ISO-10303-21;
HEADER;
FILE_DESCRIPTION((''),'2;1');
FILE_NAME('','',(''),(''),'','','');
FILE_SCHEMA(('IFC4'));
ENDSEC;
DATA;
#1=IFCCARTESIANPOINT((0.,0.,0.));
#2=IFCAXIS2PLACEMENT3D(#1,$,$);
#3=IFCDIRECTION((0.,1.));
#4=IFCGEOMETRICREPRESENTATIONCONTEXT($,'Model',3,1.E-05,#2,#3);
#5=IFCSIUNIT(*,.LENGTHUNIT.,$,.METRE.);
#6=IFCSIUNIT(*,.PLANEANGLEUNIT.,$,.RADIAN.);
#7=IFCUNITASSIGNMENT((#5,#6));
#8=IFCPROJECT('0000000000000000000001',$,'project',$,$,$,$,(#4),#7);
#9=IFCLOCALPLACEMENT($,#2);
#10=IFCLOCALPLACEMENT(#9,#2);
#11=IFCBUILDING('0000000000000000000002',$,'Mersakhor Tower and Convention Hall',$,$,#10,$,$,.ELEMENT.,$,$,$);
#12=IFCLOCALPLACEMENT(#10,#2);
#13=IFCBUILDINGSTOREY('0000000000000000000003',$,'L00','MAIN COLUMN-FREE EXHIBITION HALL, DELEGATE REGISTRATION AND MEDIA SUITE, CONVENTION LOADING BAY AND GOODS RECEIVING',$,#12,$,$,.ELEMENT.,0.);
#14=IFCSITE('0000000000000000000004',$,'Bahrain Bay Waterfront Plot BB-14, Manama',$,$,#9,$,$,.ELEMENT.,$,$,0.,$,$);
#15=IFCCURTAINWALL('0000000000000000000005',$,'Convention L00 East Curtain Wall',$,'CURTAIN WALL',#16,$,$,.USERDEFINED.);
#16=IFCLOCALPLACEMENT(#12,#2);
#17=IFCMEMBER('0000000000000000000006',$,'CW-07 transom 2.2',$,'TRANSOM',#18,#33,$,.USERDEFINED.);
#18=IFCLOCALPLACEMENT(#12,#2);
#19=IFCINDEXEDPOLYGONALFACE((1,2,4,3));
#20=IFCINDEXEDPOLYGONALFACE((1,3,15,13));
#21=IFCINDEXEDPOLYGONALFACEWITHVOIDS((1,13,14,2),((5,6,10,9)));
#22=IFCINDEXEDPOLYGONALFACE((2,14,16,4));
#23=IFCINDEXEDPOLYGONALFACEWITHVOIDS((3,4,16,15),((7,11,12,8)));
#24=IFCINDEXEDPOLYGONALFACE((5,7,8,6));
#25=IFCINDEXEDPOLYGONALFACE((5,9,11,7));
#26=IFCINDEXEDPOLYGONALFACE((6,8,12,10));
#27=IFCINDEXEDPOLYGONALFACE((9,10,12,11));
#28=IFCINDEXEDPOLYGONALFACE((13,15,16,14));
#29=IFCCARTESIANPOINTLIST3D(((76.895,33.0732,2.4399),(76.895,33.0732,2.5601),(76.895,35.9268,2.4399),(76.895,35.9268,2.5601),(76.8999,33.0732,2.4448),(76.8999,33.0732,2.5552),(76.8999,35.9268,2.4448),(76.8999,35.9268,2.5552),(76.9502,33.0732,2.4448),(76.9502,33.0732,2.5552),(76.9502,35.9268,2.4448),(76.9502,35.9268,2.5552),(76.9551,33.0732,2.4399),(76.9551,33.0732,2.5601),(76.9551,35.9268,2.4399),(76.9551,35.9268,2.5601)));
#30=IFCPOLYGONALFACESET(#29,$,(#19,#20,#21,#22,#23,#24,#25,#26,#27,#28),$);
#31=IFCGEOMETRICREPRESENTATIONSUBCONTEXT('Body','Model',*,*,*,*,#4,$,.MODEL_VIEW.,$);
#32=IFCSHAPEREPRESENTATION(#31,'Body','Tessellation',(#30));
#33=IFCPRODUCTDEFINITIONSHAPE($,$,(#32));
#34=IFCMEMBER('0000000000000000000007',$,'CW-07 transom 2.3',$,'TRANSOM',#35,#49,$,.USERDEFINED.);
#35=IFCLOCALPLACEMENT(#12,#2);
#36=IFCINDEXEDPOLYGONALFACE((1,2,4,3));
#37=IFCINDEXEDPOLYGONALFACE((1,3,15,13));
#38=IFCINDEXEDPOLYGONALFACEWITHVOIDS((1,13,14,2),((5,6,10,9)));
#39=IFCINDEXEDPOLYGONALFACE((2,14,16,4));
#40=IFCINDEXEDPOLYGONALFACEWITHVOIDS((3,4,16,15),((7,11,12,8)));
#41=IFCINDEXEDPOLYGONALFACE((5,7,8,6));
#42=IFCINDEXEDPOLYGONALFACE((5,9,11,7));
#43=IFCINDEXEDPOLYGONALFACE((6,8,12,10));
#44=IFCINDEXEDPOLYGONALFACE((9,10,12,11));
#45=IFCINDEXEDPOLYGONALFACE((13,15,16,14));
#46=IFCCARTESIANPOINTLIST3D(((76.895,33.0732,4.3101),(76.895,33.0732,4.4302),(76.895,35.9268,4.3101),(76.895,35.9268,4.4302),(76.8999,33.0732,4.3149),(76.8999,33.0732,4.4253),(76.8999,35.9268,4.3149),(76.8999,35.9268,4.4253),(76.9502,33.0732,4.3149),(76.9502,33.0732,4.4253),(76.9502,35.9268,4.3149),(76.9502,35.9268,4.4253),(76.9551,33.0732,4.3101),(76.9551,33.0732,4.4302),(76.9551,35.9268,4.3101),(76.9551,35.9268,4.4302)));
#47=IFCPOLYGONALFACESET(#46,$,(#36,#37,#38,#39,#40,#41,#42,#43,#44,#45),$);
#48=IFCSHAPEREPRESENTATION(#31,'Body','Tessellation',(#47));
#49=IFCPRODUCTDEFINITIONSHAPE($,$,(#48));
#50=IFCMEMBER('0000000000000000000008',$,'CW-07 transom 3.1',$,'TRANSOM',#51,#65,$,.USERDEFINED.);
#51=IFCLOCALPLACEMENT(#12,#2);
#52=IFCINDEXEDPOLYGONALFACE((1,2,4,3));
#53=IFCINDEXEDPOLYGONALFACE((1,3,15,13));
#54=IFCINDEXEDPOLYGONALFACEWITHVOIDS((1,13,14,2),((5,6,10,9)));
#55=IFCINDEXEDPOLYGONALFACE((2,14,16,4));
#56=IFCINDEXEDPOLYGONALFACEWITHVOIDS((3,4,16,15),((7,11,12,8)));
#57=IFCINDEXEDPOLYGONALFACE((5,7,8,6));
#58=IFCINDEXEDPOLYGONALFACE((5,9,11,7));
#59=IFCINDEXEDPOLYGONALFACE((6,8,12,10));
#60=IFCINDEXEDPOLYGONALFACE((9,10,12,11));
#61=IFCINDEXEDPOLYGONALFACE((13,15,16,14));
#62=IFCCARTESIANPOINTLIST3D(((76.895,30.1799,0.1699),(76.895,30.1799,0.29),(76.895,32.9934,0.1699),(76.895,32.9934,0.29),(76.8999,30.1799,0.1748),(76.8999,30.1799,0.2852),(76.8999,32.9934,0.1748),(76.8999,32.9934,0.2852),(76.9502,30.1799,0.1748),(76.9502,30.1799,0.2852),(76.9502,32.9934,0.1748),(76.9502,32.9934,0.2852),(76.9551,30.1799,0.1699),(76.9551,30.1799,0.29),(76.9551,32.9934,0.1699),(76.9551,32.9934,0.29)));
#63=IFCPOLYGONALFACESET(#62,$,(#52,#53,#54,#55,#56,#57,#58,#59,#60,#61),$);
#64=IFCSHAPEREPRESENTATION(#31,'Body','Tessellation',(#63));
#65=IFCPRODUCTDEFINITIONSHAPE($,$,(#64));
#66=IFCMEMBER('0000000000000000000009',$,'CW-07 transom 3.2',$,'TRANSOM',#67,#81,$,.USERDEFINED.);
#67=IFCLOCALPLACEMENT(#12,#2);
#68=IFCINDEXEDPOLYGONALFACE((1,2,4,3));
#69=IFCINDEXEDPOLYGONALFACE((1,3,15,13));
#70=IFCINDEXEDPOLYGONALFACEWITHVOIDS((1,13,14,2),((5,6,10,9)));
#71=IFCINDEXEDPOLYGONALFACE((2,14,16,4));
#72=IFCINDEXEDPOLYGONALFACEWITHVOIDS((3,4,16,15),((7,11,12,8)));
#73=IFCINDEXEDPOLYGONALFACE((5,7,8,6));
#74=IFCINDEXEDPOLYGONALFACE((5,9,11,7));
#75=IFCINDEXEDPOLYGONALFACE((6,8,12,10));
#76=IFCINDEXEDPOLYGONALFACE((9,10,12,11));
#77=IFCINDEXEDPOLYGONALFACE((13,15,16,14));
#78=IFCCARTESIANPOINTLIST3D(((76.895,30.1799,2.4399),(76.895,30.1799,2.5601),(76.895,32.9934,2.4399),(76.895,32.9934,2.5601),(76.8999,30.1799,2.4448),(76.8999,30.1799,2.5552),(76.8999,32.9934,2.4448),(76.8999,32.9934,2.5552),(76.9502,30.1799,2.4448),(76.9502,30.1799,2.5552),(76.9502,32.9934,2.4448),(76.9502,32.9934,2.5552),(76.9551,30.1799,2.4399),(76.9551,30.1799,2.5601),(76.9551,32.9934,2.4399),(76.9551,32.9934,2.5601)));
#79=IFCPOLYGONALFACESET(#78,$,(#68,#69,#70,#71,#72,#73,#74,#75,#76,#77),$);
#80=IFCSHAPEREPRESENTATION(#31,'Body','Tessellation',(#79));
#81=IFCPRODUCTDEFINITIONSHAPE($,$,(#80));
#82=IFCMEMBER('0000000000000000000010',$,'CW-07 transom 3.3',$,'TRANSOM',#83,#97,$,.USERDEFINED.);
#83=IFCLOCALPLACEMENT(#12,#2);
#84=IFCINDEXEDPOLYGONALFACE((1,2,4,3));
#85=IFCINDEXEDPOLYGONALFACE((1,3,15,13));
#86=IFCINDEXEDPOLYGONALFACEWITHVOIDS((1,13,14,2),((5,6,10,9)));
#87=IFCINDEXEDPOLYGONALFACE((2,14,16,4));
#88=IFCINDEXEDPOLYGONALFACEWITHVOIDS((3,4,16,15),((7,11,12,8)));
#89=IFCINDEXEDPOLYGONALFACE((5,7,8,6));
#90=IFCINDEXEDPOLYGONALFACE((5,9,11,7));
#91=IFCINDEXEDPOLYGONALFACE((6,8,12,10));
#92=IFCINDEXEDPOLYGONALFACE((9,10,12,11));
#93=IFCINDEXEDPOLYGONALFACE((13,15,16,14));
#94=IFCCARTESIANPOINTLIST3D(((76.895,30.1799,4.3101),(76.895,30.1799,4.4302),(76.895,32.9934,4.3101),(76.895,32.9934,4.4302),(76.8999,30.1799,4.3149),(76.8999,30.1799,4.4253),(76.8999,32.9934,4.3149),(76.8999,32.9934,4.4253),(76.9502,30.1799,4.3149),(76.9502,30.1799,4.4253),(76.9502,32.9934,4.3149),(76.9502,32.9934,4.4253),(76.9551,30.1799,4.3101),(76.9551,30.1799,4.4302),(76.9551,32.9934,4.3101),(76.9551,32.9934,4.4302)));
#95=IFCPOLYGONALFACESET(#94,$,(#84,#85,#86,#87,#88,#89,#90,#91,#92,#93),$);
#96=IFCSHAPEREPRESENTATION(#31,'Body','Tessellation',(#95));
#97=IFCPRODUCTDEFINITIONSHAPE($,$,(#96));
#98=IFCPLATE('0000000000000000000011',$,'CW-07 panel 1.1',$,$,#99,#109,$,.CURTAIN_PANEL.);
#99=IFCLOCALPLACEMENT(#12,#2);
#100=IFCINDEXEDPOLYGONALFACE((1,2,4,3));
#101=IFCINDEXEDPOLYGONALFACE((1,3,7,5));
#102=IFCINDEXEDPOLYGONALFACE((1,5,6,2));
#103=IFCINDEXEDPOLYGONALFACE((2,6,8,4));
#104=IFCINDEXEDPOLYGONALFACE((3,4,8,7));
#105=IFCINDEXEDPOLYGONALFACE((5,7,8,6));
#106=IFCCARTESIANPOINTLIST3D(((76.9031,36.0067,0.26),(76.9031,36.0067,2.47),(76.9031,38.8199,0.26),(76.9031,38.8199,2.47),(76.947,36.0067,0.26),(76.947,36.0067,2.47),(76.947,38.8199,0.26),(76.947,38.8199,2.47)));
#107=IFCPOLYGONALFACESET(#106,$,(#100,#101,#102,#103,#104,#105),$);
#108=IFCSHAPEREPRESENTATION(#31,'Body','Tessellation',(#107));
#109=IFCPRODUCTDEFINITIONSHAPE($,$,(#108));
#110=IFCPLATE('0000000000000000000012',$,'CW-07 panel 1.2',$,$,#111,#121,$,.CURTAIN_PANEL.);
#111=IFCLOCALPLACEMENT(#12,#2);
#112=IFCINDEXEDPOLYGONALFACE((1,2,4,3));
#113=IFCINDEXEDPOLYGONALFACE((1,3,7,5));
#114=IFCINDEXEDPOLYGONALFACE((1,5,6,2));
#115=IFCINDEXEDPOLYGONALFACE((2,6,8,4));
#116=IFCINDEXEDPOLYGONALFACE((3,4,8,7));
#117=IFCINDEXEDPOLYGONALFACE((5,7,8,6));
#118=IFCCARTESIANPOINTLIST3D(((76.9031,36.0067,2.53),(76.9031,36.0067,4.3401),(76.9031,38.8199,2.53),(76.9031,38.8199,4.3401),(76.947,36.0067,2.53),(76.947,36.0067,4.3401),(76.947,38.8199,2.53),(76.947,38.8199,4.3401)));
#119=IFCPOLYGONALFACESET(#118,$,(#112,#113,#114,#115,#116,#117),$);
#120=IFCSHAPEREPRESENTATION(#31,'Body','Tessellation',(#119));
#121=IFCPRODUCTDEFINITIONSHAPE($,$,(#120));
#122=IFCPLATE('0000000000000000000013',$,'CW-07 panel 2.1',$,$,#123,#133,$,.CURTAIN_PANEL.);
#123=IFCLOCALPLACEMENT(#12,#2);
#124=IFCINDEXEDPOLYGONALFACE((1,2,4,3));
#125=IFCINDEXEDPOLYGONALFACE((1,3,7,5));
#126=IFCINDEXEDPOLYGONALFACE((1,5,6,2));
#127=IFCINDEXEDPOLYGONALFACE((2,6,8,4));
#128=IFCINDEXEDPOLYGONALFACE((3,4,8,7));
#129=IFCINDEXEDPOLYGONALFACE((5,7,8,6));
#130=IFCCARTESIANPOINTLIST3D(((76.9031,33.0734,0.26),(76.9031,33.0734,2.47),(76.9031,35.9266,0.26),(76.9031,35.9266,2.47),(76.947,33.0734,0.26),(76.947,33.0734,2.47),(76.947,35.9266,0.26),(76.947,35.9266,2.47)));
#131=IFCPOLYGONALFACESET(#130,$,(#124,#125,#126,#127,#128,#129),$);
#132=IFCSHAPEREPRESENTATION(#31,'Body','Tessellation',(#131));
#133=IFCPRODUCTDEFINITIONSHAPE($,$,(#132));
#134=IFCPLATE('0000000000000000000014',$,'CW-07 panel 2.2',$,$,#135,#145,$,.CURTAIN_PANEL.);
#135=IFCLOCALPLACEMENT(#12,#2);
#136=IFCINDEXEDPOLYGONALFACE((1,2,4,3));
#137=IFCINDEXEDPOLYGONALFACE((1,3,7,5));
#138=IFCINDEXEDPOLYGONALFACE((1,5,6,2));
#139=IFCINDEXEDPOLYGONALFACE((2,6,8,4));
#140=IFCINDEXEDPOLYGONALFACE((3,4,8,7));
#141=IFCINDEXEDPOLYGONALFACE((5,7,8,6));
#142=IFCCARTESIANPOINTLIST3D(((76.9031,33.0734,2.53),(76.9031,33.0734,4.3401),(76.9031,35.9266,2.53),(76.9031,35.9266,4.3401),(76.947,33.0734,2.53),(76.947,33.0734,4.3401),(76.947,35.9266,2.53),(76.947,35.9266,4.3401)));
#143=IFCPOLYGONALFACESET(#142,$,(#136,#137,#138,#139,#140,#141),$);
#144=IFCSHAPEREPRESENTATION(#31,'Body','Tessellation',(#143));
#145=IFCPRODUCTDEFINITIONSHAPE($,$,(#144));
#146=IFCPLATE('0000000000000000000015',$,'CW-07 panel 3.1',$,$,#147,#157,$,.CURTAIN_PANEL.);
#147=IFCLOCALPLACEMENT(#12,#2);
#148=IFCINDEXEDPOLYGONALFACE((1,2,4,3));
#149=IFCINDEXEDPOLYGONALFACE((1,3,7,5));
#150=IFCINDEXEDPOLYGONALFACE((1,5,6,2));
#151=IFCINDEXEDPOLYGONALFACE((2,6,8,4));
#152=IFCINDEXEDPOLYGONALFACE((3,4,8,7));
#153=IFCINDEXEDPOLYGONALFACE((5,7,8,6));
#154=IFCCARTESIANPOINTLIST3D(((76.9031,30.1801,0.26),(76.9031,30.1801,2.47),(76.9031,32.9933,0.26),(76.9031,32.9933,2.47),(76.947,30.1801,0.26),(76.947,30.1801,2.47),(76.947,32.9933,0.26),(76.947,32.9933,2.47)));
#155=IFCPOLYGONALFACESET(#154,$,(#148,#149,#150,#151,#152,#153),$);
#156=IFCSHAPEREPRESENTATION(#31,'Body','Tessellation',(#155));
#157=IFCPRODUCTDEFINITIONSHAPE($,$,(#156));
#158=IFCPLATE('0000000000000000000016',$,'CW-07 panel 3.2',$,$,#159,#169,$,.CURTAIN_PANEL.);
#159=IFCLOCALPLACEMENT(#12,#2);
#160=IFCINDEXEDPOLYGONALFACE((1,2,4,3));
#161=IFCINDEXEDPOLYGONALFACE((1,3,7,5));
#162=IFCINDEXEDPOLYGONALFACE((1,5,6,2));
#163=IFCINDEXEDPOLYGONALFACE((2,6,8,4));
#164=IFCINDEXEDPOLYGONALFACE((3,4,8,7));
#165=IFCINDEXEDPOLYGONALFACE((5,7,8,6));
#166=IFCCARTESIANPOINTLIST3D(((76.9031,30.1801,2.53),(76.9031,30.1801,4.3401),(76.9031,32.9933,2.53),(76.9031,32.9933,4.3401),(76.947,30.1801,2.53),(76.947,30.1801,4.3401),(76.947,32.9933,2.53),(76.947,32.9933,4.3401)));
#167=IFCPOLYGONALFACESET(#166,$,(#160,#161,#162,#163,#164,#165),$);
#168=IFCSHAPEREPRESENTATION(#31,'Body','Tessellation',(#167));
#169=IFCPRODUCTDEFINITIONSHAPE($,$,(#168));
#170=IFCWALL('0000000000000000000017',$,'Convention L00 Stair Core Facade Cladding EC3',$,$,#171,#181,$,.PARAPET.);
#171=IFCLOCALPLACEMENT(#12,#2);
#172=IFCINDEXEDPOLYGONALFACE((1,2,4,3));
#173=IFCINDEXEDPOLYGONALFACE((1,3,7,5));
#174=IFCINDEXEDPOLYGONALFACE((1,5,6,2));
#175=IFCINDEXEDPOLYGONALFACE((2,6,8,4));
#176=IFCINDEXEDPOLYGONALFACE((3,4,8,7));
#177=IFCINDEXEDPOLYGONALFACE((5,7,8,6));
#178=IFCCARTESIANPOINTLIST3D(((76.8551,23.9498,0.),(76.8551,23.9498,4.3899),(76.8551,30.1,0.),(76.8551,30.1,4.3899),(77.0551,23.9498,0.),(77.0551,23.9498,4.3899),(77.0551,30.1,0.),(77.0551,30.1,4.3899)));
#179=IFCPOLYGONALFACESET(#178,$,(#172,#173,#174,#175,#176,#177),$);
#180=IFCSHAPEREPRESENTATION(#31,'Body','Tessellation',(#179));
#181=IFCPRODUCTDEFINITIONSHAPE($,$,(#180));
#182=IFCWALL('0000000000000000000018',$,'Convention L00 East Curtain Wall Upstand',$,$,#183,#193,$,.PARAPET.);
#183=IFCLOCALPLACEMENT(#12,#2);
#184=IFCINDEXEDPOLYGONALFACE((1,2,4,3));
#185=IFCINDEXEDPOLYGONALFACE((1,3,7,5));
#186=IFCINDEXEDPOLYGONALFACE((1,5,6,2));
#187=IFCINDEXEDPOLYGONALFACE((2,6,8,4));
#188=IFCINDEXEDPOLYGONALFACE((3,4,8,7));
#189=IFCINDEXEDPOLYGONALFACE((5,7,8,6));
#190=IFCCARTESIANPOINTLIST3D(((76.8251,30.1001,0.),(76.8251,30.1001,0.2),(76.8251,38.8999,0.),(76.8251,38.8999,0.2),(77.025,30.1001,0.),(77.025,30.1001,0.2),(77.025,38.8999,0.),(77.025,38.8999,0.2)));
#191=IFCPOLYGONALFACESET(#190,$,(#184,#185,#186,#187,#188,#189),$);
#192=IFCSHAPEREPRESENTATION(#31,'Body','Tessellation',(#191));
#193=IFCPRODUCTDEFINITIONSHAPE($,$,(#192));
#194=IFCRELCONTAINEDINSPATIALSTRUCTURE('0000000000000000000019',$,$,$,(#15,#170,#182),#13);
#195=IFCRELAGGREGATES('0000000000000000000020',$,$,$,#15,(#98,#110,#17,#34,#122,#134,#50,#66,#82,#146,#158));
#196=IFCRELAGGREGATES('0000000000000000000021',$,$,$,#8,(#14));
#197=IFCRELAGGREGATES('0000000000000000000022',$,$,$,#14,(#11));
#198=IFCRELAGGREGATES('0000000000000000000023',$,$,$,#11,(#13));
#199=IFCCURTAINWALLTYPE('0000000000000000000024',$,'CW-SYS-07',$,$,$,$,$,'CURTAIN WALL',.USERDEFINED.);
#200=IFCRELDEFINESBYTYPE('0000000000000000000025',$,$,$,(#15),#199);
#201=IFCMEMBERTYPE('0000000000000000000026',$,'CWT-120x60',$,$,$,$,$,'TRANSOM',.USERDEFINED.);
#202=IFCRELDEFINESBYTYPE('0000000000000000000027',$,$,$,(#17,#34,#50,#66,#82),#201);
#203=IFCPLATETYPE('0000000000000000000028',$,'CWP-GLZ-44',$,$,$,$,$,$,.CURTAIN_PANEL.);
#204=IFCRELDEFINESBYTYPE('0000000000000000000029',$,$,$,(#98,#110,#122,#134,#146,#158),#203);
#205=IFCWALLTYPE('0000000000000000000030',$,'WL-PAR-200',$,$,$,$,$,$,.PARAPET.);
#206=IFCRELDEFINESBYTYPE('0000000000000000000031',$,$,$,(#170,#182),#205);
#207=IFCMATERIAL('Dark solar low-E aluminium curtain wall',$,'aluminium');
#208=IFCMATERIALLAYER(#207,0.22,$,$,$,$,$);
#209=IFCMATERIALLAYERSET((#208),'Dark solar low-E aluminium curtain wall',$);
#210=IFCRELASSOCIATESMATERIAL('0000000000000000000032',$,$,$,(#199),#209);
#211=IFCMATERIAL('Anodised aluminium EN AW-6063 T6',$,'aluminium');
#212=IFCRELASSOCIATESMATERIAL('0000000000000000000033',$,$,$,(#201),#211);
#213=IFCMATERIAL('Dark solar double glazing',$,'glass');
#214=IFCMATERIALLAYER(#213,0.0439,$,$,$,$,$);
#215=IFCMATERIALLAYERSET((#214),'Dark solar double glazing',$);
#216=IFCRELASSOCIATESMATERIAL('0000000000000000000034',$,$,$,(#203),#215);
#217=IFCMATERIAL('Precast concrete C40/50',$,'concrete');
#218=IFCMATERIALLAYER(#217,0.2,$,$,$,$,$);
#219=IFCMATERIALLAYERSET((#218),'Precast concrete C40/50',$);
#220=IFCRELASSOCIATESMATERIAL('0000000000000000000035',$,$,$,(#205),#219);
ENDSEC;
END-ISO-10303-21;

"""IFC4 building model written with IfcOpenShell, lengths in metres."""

from ifc_helpers import new_model, si_unit, direction, frame, frame_2d, origin, origin_2d, place, context, subcontext, project, spatial, rectangle, hollow_rectangle, extrude, material, layer, layer_set, material_profile, profile_set, type_object, element, aggregate, save


model = new_model("IFC4")

# Units and contexts
model_context = context("Model", 3, precision=1e-05, world=origin(), true_north=direction((0.0, 1.0)))
body_context = subcontext(model_context, "Body", "Model", "MODEL_VIEW")
ifc_project = project(units=[si_unit("LENGTHUNIT", "METRE"), si_unit("PLANEANGLEUNIT", "RADIAN")], contexts=[model_context])

# Site, building, storey
site_placement = place(None, origin())
site = spatial("IfcSite", under=ifc_project, at=site_placement, Name="Bahrain Bay Waterfront Plot BB-14, Manama", CompositionType="ELEMENT", RefElevation=0.0)
building_placement = place(site_placement, origin())
building = spatial("IfcBuilding", under=site, at=building_placement, Name="Mersakhor Tower and Convention Hall", CompositionType="ELEMENT")
storey_placement = place(building_placement, origin())
storey = spatial("IfcBuildingStorey", under=building, at=storey_placement, Name="L00", Description="MAIN COLUMN-FREE EXHIBITION HALL, DELEGATE REGISTRATION AND MEDIA SUITE, CONVENTION LOADING BAY AND GOODS RECEIVING", CompositionType="ELEMENT", Elevation=0.0)

# Curtain wall, members, plates
ifc_material_1 = material(Name="Dark solar low-E aluminium curtain wall", Category="aluminium")
ifc_layer_1 = layer(ifc_material_1, 0.22)
ifc_layer_set_1 = layer_set([ifc_layer_1], Name="Dark solar low-E aluminium curtain wall")
curtain_wall_type = type_object("IfcCurtainWallType", Name="CW-SYS-07", ElementType="CURTAIN WALL", PredefinedType="USERDEFINED", material=ifc_layer_set_1)
curtain_wall_placement = place(storey_placement, origin())
curtain_wall = element("IfcCurtainWall", 1, at=curtain_wall_placement, inside=storey, type_object=curtain_wall_type, Name="Convention L00 East Curtain Wall", ObjectType="CURTAIN WALL", PredefinedType="USERDEFINED")
ifc_material_2 = material(Name="Anodised aluminium EN AW-6063 T6", Category="aluminium")
ifc_material_profile_1 = material_profile(ifc_material_2, hollow_rectangle(XDim=0.0601, YDim=0.1201, WallThickness=0.0049, at=origin_2d()), Name="RHS 120x60x5")
ifc_profile_set_1 = profile_set([ifc_material_profile_1], Name="Anodised aluminium EN AW-6063 T6")
member_type_1 = type_object("IfcMemberType", Name="CWT-120x60", ElementType="TRANSOM", PredefinedType="USERDEFINED", material=ifc_profile_set_1)
member_1_placement = place(storey_placement, frame((76.925, 35.9268, 2.5), z_axis=(0.0, -1.0, 0.0), x_axis=(1.0, 0.0, 0.0)))
member_1 = element("IfcMember", 2, at=member_1_placement, type_object=member_type_1, Name="CW-07 transom 2.2", ObjectType="TRANSOM", PredefinedType="USERDEFINED", context=body_context, shape_type="SweptSolid", body=[
    extrude(hollow_rectangle(XDim=0.0601, YDim=0.1201, WallThickness=0.0049, at=origin_2d()), origin(), (0.0, 0.0, 1.0), 2.8535),
])
member_2_placement = place(storey_placement, frame((76.925, 35.9268, 4.3701), z_axis=(0.0, -1.0, 0.0), x_axis=(1.0, 0.0, 0.0)))
member_2 = element("IfcMember", 3, at=member_2_placement, type_object=member_type_1, Name="CW-07 transom 2.3", ObjectType="TRANSOM", PredefinedType="USERDEFINED", context=body_context, shape_type="SweptSolid", body=[
    extrude(hollow_rectangle(XDim=0.0601, YDim=0.1201, WallThickness=0.0049, at=origin_2d()), origin(), (0.0, 0.0, 1.0), 2.8535),
])
member_3_placement = place(storey_placement, frame((76.925, 32.9934, 0.23), z_axis=(0.0, -1.0, 0.0), x_axis=(1.0, 0.0, 0.0)))
member_3 = element("IfcMember", 4, at=member_3_placement, type_object=member_type_1, Name="CW-07 transom 3.1", ObjectType="TRANSOM", PredefinedType="USERDEFINED", context=body_context, shape_type="SweptSolid", body=[
    extrude(hollow_rectangle(XDim=0.0601, YDim=0.1201, WallThickness=0.0049, at=origin_2d()), origin(), (0.0, 0.0, 1.0), 2.8135),
])
member_4_placement = place(storey_placement, frame((76.925, 32.9934, 2.5), z_axis=(0.0, -1.0, 0.0), x_axis=(1.0, 0.0, 0.0)))
member_4 = element("IfcMember", 5, at=member_4_placement, type_object=member_type_1, Name="CW-07 transom 3.2", ObjectType="TRANSOM", PredefinedType="USERDEFINED", context=body_context, shape_type="SweptSolid", body=[
    extrude(hollow_rectangle(XDim=0.0601, YDim=0.1201, WallThickness=0.0049, at=origin_2d()), origin(), (0.0, 0.0, 1.0), 2.8135),
])
member_5_placement = place(storey_placement, frame((76.925, 32.9934, 4.3701), z_axis=(0.0, -1.0, 0.0), x_axis=(1.0, 0.0, 0.0)))
member_5 = element("IfcMember", 6, at=member_5_placement, type_object=member_type_1, Name="CW-07 transom 3.3", ObjectType="TRANSOM", PredefinedType="USERDEFINED", context=body_context, shape_type="SweptSolid", body=[
    extrude(hollow_rectangle(XDim=0.0601, YDim=0.1201, WallThickness=0.0049, at=origin_2d()), origin(), (0.0, 0.0, 1.0), 2.8135),
])
ifc_material_3 = material(Name="Dark solar double glazing", Category="glass")
ifc_layer_2 = layer(ifc_material_3, 0.0439)
ifc_layer_set_2 = layer_set([ifc_layer_2], Name="Dark solar double glazing")
plate_type = type_object("IfcPlateType", Name="CWP-GLZ-44", PredefinedType="CURTAIN_PANEL", material=ifc_layer_set_2)
plate_1_placement = place(storey_placement, frame((76.925, 37.4133, 0.26), z_axis=(0.0, 0.0, 1.0), x_axis=(0.0, -1.0, 0.0)))
plate_1 = element("IfcPlate", 7, at=plate_1_placement, type_object=plate_type, Name="CW-07 panel 1.1", PredefinedType="CURTAIN_PANEL", context=body_context, shape_type="SweptSolid", body=[
    extrude(rectangle(XDim=2.8132, YDim=0.0439, at=origin_2d()), origin(), (0.0, 0.0, 1.0), 2.21),
])
plate_2_placement = place(storey_placement, frame((76.925, 37.4133, 2.53), z_axis=(0.0, 0.0, 1.0), x_axis=(0.0, -1.0, 0.0)))
plate_2 = element("IfcPlate", 8, at=plate_2_placement, type_object=plate_type, Name="CW-07 panel 1.2", PredefinedType="CURTAIN_PANEL", context=body_context, shape_type="SweptSolid", body=[
    extrude(rectangle(XDim=2.8132, YDim=0.0439, at=origin_2d()), origin(), (0.0, 0.0, 1.0), 1.8101),
])
plate_3_placement = place(storey_placement, frame((76.925, 34.5, 0.26), z_axis=(0.0, 0.0, 1.0), x_axis=(0.0, -1.0, 0.0)))
plate_3 = element("IfcPlate", 9, at=plate_3_placement, type_object=plate_type, Name="CW-07 panel 2.1", PredefinedType="CURTAIN_PANEL", context=body_context, shape_type="SweptSolid", body=[
    extrude(rectangle(XDim=2.8533, YDim=0.0439, at=origin_2d()), origin(), (0.0, 0.0, 1.0), 2.21),
])
plate_4_placement = place(storey_placement, frame((76.925, 34.5, 2.53), z_axis=(0.0, 0.0, 1.0), x_axis=(0.0, -1.0, 0.0)))
plate_4 = element("IfcPlate", 10, at=plate_4_placement, type_object=plate_type, Name="CW-07 panel 2.2", PredefinedType="CURTAIN_PANEL", context=body_context, shape_type="SweptSolid", body=[
    extrude(rectangle(XDim=2.8533, YDim=0.0439, at=origin_2d()), origin(), (0.0, 0.0, 1.0), 1.8101),
])
plate_5_placement = place(storey_placement, frame((76.925, 31.5867, 0.26), z_axis=(0.0, 0.0, 1.0), x_axis=(0.0, -1.0, 0.0)))
plate_5 = element("IfcPlate", 11, at=plate_5_placement, type_object=plate_type, Name="CW-07 panel 3.1", PredefinedType="CURTAIN_PANEL", context=body_context, shape_type="SweptSolid", body=[
    extrude(rectangle(XDim=2.8132, YDim=0.0439, at=origin_2d()), origin(), (0.0, 0.0, 1.0), 2.21),
])
plate_6_placement = place(storey_placement, frame((76.925, 31.5867, 2.53), z_axis=(0.0, 0.0, 1.0), x_axis=(0.0, -1.0, 0.0)))
plate_6 = element("IfcPlate", 12, at=plate_6_placement, type_object=plate_type, Name="CW-07 panel 3.2", PredefinedType="CURTAIN_PANEL", context=body_context, shape_type="SweptSolid", body=[
    extrude(rectangle(XDim=2.8132, YDim=0.0439, at=origin_2d()), origin(), (0.0, 0.0, 1.0), 1.8101),
])
aggregate(curtain_wall, [plate_1, plate_2, member_1, member_2, plate_3, plate_4, member_3, member_4, member_5, plate_5, plate_6])

# Walls
ifc_material_4 = material(Name="Precast concrete C40/50", Category="concrete")
ifc_layer_3 = layer(ifc_material_4, 0.2)
ifc_layer_set_3 = layer_set([ifc_layer_3], Name="Precast concrete C40/50")
wall_type = type_object("IfcWallType", Name="WL-PAR-200", PredefinedType="PARAPET", material=ifc_layer_set_3)
wall_1_placement = place(storey_placement, frame((76.9551, 30.1001, 0.0), z_axis=(0.0, 0.0, 1.0), x_axis=(0.0, -1.0, 0.0)))
element("IfcWall", 13, at=wall_1_placement, inside=storey, type_object=wall_type, Name="Convention L00 Stair Core Facade Cladding EC3", PredefinedType="PARAPET", context=body_context, shape_type="SweptSolid", body=[
    extrude(rectangle(XDim=6.1501, YDim=0.2, at=frame_2d((3.0752, 0.0))), origin(), (0.0, 0.0, 1.0), 4.3899),
])
wall_2_placement = place(storey_placement, frame((76.925, 38.8999, 0.0), z_axis=(0.0, 0.0, 1.0), x_axis=(0.0, -1.0, 0.0)))
element("IfcWall", 14, at=wall_2_placement, inside=storey, type_object=wall_type, Name="Convention L00 East Curtain Wall Upstand", PredefinedType="PARAPET", context=body_context, shape_type="SweptSolid", body=[
    extrude(rectangle(XDim=8.7998, YDim=0.2, at=frame_2d((4.3999, 0.0))), origin(), (0.0, 0.0, 1.0), 0.2),
])

save(model, "model.ifc")
